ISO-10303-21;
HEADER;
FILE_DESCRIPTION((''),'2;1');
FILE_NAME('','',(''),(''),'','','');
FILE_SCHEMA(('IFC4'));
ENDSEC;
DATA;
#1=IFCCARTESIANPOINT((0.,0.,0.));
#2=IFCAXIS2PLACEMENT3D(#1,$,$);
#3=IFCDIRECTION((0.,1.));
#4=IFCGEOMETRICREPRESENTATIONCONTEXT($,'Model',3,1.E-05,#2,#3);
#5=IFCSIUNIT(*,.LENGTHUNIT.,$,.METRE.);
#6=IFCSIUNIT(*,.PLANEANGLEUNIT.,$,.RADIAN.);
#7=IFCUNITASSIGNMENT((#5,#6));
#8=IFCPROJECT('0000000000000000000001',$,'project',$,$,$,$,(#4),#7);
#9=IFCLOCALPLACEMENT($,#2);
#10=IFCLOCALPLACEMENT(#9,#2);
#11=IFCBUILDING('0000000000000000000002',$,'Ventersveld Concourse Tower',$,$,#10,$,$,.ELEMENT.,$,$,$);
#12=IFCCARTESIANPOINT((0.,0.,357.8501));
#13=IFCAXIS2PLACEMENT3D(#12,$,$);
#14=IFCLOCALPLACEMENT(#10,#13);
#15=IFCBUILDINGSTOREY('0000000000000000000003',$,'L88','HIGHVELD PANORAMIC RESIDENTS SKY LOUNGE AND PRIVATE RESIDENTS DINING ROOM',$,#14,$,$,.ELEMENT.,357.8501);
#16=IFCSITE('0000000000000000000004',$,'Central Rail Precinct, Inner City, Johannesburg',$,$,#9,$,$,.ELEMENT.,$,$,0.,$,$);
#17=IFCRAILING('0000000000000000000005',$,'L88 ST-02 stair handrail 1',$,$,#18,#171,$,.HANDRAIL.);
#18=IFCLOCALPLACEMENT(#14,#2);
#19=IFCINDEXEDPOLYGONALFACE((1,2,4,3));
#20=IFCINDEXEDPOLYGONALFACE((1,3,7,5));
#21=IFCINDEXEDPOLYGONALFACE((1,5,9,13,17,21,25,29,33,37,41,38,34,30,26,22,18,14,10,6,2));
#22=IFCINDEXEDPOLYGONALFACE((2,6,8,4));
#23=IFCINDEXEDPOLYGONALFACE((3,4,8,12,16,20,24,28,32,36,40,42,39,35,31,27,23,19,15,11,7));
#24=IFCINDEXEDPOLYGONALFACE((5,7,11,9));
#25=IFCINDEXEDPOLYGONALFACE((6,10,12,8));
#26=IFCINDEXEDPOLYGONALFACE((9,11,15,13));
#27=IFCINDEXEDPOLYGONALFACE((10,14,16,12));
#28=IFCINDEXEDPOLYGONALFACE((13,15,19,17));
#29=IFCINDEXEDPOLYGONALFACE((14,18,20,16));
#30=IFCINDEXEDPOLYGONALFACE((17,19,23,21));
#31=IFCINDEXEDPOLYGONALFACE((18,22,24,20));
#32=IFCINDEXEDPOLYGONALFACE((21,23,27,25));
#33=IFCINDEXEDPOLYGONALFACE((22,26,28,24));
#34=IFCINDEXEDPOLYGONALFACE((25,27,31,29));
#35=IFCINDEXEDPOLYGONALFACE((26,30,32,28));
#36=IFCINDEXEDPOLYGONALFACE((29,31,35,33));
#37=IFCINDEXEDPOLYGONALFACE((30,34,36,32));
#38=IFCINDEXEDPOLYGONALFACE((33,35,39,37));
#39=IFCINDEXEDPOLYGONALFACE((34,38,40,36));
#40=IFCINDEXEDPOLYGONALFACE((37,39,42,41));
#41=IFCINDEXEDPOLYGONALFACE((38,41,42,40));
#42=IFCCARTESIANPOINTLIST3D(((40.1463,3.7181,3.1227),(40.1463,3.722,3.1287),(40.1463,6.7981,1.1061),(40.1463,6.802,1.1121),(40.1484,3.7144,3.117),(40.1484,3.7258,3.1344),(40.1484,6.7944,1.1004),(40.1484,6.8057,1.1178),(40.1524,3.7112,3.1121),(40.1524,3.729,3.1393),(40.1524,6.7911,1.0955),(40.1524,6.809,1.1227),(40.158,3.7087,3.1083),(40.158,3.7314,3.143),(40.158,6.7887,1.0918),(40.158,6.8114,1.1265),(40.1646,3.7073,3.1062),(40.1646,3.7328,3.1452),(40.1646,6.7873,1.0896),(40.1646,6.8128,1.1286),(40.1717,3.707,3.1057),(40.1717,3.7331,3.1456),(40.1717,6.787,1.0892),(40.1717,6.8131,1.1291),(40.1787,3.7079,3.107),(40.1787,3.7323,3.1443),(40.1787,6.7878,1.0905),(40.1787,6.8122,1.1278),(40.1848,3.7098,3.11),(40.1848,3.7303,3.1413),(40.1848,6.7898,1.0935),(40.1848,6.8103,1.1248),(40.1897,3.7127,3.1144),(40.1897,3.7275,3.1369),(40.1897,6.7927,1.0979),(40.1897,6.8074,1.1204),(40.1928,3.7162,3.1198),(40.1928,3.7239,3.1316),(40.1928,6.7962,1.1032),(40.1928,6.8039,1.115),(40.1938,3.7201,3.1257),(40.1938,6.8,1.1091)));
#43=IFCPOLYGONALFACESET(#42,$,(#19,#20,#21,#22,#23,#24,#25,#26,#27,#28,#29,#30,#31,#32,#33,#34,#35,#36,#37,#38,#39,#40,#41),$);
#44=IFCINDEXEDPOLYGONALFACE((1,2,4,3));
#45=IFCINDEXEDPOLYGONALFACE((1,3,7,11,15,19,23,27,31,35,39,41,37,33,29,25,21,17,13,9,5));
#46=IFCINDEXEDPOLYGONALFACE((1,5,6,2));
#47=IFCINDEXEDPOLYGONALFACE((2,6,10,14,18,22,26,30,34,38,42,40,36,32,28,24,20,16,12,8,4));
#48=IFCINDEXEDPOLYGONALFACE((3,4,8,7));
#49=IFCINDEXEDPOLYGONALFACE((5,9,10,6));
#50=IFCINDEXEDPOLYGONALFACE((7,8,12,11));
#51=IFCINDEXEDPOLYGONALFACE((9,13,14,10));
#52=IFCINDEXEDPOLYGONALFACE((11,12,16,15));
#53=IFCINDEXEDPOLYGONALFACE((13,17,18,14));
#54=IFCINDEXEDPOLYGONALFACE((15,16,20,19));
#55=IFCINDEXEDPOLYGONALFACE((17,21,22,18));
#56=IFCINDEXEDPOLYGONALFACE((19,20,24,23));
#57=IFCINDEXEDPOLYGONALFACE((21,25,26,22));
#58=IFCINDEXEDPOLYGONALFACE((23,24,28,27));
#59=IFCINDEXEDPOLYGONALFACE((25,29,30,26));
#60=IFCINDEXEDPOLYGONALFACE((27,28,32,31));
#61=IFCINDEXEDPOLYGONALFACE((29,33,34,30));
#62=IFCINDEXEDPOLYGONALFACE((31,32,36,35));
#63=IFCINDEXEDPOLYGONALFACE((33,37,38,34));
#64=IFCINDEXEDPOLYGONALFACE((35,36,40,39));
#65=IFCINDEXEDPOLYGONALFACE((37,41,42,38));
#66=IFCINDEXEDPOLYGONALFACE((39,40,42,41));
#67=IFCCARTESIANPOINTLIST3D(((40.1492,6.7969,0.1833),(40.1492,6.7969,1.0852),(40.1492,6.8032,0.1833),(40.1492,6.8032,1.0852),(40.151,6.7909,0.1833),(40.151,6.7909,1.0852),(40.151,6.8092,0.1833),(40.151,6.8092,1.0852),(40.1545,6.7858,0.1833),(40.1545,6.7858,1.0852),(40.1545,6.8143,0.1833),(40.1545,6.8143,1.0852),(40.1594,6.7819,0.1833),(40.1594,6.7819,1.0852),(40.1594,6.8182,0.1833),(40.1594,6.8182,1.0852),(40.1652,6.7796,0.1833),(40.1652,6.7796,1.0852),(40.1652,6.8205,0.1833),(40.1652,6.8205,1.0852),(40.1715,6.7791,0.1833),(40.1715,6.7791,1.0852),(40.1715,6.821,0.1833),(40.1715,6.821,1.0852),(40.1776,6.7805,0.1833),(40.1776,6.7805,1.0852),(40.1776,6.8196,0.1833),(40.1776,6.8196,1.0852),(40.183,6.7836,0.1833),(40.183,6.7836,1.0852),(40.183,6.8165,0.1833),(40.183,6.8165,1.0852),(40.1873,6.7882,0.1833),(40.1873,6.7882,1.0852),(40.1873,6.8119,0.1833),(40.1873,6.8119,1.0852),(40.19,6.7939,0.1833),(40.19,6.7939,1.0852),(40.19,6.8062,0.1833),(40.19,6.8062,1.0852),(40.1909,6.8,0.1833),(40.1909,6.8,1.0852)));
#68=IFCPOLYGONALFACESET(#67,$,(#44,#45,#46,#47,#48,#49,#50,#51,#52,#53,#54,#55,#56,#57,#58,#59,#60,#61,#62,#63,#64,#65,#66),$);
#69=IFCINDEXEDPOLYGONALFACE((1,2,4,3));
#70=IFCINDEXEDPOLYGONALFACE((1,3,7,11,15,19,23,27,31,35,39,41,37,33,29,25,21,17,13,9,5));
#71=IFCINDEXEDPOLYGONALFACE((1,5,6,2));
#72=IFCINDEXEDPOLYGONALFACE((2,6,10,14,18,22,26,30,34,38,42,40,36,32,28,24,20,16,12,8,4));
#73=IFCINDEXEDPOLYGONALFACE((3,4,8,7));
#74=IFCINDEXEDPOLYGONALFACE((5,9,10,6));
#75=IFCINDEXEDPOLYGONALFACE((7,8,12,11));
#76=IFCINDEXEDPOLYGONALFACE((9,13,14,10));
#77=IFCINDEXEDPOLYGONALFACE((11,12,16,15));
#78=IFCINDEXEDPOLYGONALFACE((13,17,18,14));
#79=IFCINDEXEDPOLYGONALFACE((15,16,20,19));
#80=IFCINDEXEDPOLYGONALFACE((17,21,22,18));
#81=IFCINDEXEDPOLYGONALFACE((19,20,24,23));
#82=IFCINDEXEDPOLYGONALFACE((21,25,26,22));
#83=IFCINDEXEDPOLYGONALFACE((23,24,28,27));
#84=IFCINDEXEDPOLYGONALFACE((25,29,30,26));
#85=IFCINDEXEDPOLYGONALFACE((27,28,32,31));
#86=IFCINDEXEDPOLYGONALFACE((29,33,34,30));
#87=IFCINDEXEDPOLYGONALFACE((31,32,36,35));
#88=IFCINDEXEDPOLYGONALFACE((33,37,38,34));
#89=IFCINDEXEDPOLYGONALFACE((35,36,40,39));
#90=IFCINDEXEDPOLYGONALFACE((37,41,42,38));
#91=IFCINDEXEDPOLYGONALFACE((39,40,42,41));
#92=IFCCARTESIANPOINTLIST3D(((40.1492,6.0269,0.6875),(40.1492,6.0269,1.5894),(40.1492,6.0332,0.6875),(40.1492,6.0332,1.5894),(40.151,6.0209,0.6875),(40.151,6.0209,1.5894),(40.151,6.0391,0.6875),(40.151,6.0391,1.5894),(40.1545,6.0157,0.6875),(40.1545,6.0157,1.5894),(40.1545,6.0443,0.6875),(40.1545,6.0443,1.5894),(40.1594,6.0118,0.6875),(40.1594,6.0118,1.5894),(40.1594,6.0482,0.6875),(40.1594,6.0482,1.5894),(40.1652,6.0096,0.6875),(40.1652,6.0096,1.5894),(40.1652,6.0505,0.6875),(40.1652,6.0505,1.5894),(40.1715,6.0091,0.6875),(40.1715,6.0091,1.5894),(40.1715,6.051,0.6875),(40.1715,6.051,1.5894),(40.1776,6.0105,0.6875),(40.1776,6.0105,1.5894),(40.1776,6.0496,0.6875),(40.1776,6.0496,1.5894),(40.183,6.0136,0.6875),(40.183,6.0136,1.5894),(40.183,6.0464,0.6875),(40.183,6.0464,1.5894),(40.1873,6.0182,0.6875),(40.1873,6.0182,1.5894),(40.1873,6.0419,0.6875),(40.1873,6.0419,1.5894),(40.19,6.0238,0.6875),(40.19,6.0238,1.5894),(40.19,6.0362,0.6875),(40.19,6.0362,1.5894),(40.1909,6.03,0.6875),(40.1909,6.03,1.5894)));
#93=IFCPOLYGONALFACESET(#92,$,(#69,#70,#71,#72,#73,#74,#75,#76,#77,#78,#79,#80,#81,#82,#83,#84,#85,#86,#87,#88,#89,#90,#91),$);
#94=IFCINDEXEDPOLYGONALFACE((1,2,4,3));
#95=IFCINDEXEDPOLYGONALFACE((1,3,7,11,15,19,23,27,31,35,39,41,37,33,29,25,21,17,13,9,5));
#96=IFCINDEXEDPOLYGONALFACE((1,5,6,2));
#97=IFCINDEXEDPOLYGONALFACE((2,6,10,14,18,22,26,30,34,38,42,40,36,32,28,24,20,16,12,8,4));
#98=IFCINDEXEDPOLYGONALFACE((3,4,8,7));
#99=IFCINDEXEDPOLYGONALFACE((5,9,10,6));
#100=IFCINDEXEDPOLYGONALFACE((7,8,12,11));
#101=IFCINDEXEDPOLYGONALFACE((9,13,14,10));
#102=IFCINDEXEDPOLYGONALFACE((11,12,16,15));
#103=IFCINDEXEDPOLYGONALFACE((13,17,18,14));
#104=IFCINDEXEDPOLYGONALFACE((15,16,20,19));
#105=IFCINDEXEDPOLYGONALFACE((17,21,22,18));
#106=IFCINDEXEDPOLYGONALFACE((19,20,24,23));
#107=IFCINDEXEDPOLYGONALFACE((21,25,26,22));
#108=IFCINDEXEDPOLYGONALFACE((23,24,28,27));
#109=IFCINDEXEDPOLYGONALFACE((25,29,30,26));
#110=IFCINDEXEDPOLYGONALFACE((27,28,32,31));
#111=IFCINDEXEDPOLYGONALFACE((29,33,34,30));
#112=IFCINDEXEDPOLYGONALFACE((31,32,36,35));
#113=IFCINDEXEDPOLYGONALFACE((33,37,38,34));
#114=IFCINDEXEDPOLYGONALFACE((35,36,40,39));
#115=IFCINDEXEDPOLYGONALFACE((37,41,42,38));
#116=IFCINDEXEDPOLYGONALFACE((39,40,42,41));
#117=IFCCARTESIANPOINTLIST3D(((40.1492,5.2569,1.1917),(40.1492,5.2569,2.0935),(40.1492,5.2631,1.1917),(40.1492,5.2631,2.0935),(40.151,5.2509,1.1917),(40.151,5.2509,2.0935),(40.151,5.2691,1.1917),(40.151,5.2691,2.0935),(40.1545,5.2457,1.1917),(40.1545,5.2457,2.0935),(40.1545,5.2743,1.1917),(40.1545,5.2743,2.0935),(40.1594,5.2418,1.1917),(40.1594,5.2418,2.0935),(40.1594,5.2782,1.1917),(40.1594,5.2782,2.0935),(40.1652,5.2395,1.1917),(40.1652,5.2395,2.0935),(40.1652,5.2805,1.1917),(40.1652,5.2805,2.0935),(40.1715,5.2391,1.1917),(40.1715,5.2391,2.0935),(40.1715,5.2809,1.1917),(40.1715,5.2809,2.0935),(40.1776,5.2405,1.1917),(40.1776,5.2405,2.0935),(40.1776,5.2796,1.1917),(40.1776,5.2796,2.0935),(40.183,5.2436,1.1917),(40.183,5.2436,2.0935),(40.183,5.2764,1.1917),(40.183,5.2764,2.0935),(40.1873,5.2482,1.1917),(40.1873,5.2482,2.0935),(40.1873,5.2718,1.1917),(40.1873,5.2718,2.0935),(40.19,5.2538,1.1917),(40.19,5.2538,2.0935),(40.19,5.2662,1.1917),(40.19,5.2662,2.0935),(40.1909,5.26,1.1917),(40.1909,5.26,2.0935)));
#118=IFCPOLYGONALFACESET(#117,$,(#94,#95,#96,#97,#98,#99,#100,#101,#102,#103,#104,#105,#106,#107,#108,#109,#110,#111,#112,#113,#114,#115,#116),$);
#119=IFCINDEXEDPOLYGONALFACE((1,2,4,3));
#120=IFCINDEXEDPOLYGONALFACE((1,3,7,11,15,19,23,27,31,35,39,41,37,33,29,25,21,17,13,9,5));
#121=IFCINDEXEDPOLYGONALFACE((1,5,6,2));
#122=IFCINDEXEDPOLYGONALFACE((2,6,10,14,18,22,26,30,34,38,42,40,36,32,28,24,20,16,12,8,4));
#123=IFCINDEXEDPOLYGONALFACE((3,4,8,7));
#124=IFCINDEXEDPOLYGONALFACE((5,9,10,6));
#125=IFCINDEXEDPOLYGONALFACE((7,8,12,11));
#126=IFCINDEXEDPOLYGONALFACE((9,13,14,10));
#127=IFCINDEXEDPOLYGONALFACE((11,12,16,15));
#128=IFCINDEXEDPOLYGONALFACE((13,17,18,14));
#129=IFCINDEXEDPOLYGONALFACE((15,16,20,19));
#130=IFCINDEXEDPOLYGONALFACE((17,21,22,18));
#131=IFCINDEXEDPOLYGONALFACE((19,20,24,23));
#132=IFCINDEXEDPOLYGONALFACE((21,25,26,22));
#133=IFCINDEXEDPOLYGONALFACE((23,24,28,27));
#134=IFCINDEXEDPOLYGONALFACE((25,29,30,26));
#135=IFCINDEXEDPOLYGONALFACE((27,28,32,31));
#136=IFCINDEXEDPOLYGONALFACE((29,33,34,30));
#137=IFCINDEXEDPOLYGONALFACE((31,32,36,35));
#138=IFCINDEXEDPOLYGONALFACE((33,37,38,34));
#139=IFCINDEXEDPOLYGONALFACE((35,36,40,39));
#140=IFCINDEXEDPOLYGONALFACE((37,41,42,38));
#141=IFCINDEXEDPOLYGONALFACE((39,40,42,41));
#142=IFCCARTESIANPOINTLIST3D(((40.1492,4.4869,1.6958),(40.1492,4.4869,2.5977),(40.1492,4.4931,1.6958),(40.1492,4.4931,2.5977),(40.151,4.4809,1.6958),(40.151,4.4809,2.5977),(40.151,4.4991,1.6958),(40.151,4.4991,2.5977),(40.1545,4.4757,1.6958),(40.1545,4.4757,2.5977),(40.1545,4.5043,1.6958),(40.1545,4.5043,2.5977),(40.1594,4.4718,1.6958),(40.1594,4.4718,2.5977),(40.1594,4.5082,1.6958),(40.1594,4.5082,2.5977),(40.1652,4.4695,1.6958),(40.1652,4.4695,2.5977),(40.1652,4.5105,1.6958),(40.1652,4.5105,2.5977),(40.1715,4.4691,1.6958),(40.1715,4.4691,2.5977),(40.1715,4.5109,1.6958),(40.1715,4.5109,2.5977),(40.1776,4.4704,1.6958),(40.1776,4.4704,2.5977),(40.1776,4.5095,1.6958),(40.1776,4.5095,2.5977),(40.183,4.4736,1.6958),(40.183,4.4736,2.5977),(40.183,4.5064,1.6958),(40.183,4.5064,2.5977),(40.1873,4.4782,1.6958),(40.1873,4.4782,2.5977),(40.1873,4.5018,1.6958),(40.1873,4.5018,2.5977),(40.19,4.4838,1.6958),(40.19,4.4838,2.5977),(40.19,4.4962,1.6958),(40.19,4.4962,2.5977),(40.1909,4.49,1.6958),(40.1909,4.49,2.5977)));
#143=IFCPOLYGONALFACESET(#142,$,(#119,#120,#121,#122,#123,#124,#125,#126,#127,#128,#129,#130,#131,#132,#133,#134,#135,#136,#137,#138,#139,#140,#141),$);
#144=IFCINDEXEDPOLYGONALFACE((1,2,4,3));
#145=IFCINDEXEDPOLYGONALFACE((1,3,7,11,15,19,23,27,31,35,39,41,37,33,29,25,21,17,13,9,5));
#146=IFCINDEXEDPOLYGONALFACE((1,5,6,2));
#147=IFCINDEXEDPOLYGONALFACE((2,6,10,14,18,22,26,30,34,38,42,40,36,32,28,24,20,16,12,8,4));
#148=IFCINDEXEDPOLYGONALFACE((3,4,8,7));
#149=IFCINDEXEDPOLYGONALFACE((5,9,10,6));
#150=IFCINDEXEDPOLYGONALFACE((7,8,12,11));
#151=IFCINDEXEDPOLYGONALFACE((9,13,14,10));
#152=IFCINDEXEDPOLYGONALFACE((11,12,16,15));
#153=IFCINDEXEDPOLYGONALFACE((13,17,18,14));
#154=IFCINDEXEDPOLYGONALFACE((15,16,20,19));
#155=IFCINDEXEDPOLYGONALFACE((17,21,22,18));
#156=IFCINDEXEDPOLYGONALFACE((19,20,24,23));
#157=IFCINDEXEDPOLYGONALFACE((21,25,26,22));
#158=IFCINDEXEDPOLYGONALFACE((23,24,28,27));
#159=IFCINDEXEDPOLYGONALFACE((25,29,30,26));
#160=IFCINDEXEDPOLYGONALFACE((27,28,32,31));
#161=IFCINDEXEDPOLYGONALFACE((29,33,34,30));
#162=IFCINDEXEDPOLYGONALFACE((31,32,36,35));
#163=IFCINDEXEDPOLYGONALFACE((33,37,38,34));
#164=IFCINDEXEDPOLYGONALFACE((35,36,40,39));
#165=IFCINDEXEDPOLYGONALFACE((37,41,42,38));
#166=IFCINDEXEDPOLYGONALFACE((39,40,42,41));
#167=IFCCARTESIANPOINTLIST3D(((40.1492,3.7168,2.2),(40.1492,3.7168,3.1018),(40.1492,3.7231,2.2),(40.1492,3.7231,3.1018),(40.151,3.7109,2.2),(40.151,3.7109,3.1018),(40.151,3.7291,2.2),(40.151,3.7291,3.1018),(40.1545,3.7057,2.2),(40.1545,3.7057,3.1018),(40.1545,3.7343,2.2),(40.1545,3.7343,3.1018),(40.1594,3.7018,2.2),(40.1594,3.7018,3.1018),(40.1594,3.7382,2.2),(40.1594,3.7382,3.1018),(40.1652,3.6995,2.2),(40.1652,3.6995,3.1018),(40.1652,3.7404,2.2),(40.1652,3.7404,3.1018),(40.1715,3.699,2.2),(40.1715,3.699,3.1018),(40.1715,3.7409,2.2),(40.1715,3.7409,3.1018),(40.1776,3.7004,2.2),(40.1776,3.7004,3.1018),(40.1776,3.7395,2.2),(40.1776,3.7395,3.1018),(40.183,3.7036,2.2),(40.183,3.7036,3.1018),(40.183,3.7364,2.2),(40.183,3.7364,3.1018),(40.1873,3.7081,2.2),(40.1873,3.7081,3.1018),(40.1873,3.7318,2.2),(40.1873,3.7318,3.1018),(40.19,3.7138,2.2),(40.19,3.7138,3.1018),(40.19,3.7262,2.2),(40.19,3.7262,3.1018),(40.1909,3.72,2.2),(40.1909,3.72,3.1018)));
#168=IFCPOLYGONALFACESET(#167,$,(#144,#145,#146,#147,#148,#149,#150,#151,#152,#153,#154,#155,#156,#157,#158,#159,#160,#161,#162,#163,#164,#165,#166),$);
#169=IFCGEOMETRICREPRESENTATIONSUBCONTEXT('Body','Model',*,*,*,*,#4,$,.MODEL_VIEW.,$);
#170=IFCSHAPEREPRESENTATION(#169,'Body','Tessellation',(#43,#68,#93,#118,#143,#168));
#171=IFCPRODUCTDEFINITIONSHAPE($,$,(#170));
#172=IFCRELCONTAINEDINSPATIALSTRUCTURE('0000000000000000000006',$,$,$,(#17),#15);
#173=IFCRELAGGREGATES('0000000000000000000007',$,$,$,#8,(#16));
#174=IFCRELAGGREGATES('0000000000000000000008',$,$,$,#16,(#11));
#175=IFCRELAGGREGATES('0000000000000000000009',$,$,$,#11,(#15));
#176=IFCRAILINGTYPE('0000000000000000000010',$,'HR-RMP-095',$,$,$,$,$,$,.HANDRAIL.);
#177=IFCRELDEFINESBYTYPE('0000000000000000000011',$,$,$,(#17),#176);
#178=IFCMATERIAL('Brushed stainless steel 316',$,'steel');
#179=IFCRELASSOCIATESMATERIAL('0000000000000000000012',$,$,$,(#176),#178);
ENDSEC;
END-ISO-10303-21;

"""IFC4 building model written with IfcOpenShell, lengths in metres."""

from ifc_helpers import new_model, si_unit, direction, frame, origin, origin_2d, place, context, subcontext, project, spatial, circle, extrude, material, type_object, element, save


model = new_model("IFC4")

# Units and contexts
model_context = context("Model", 3, precision=1e-05, world=origin(), true_north=direction((0.0, 1.0)))
body_context = subcontext(model_context, "Body", "Model", "MODEL_VIEW")
ifc_project = project(units=[si_unit("LENGTHUNIT", "METRE"), si_unit("PLANEANGLEUNIT", "RADIAN")], contexts=[model_context])

# Site, building, storey
site_placement = place(None, origin())
site = spatial("IfcSite", under=ifc_project, at=site_placement, Name="Central Rail Precinct, Inner City, Johannesburg", CompositionType="ELEMENT", RefElevation=0.0)
building_placement = place(site_placement, origin())
building = spatial("IfcBuilding", under=site, at=building_placement, Name="Ventersveld Concourse Tower", CompositionType="ELEMENT")
storey_placement = place(building_placement, frame((0.0, 0.0, 357.8501)))
storey = spatial("IfcBuildingStorey", under=building, at=storey_placement, Name="L88", Description="HIGHVELD PANORAMIC RESIDENTS SKY LOUNGE AND PRIVATE RESIDENTS DINING ROOM", CompositionType="ELEMENT", Elevation=357.8501)

# Railing
ifc_material_1 = material(Name="Brushed stainless steel 316", Category="steel")
railing_type_1 = type_object("IfcRailingType", Name="HR-RMP-095", PredefinedType="HANDRAIL", material=ifc_material_1)
railing_1_placement = place(storey_placement, frame((40.1699, 6.8, 0.1833)))
element("IfcRailing", 1, at=railing_1_placement, inside=storey, type_object=railing_type_1, Name="L88 ST-02 stair handrail 1", PredefinedType="HANDRAIL", context=body_context, shape_type="SweptSolid", body=[
    extrude(circle(Radius=0.0239, at=origin_2d()), frame((0.0, 0.0, 0.9258), z_axis=(0.0, -0.836633, 0.547764), x_axis=(1.0, 0.0, 0.0)), (0.0, 0.0, 1.0), 3.6814),
    extrude(circle(Radius=0.021, at=origin_2d()), origin(), (0.0, 0.0, 1.0), 0.9019),
    extrude(circle(Radius=0.021, at=origin_2d()), frame((0.0, -0.77, 0.5042)), (0.0, 0.0, 1.0), 0.9019),
    extrude(circle(Radius=0.021, at=origin_2d()), frame((0.0, -1.54, 1.0083)), (0.0, 0.0, 1.0), 0.9019),
    extrude(circle(Radius=0.021, at=origin_2d()), frame((0.0, -2.3101, 1.5125)), (0.0, 0.0, 1.0), 0.9019),
    extrude(circle(Radius=0.021, at=origin_2d()), frame((0.0, -3.0801, 2.0166)), (0.0, 0.0, 1.0), 0.9019),
])

save(model, "model.ifc")
